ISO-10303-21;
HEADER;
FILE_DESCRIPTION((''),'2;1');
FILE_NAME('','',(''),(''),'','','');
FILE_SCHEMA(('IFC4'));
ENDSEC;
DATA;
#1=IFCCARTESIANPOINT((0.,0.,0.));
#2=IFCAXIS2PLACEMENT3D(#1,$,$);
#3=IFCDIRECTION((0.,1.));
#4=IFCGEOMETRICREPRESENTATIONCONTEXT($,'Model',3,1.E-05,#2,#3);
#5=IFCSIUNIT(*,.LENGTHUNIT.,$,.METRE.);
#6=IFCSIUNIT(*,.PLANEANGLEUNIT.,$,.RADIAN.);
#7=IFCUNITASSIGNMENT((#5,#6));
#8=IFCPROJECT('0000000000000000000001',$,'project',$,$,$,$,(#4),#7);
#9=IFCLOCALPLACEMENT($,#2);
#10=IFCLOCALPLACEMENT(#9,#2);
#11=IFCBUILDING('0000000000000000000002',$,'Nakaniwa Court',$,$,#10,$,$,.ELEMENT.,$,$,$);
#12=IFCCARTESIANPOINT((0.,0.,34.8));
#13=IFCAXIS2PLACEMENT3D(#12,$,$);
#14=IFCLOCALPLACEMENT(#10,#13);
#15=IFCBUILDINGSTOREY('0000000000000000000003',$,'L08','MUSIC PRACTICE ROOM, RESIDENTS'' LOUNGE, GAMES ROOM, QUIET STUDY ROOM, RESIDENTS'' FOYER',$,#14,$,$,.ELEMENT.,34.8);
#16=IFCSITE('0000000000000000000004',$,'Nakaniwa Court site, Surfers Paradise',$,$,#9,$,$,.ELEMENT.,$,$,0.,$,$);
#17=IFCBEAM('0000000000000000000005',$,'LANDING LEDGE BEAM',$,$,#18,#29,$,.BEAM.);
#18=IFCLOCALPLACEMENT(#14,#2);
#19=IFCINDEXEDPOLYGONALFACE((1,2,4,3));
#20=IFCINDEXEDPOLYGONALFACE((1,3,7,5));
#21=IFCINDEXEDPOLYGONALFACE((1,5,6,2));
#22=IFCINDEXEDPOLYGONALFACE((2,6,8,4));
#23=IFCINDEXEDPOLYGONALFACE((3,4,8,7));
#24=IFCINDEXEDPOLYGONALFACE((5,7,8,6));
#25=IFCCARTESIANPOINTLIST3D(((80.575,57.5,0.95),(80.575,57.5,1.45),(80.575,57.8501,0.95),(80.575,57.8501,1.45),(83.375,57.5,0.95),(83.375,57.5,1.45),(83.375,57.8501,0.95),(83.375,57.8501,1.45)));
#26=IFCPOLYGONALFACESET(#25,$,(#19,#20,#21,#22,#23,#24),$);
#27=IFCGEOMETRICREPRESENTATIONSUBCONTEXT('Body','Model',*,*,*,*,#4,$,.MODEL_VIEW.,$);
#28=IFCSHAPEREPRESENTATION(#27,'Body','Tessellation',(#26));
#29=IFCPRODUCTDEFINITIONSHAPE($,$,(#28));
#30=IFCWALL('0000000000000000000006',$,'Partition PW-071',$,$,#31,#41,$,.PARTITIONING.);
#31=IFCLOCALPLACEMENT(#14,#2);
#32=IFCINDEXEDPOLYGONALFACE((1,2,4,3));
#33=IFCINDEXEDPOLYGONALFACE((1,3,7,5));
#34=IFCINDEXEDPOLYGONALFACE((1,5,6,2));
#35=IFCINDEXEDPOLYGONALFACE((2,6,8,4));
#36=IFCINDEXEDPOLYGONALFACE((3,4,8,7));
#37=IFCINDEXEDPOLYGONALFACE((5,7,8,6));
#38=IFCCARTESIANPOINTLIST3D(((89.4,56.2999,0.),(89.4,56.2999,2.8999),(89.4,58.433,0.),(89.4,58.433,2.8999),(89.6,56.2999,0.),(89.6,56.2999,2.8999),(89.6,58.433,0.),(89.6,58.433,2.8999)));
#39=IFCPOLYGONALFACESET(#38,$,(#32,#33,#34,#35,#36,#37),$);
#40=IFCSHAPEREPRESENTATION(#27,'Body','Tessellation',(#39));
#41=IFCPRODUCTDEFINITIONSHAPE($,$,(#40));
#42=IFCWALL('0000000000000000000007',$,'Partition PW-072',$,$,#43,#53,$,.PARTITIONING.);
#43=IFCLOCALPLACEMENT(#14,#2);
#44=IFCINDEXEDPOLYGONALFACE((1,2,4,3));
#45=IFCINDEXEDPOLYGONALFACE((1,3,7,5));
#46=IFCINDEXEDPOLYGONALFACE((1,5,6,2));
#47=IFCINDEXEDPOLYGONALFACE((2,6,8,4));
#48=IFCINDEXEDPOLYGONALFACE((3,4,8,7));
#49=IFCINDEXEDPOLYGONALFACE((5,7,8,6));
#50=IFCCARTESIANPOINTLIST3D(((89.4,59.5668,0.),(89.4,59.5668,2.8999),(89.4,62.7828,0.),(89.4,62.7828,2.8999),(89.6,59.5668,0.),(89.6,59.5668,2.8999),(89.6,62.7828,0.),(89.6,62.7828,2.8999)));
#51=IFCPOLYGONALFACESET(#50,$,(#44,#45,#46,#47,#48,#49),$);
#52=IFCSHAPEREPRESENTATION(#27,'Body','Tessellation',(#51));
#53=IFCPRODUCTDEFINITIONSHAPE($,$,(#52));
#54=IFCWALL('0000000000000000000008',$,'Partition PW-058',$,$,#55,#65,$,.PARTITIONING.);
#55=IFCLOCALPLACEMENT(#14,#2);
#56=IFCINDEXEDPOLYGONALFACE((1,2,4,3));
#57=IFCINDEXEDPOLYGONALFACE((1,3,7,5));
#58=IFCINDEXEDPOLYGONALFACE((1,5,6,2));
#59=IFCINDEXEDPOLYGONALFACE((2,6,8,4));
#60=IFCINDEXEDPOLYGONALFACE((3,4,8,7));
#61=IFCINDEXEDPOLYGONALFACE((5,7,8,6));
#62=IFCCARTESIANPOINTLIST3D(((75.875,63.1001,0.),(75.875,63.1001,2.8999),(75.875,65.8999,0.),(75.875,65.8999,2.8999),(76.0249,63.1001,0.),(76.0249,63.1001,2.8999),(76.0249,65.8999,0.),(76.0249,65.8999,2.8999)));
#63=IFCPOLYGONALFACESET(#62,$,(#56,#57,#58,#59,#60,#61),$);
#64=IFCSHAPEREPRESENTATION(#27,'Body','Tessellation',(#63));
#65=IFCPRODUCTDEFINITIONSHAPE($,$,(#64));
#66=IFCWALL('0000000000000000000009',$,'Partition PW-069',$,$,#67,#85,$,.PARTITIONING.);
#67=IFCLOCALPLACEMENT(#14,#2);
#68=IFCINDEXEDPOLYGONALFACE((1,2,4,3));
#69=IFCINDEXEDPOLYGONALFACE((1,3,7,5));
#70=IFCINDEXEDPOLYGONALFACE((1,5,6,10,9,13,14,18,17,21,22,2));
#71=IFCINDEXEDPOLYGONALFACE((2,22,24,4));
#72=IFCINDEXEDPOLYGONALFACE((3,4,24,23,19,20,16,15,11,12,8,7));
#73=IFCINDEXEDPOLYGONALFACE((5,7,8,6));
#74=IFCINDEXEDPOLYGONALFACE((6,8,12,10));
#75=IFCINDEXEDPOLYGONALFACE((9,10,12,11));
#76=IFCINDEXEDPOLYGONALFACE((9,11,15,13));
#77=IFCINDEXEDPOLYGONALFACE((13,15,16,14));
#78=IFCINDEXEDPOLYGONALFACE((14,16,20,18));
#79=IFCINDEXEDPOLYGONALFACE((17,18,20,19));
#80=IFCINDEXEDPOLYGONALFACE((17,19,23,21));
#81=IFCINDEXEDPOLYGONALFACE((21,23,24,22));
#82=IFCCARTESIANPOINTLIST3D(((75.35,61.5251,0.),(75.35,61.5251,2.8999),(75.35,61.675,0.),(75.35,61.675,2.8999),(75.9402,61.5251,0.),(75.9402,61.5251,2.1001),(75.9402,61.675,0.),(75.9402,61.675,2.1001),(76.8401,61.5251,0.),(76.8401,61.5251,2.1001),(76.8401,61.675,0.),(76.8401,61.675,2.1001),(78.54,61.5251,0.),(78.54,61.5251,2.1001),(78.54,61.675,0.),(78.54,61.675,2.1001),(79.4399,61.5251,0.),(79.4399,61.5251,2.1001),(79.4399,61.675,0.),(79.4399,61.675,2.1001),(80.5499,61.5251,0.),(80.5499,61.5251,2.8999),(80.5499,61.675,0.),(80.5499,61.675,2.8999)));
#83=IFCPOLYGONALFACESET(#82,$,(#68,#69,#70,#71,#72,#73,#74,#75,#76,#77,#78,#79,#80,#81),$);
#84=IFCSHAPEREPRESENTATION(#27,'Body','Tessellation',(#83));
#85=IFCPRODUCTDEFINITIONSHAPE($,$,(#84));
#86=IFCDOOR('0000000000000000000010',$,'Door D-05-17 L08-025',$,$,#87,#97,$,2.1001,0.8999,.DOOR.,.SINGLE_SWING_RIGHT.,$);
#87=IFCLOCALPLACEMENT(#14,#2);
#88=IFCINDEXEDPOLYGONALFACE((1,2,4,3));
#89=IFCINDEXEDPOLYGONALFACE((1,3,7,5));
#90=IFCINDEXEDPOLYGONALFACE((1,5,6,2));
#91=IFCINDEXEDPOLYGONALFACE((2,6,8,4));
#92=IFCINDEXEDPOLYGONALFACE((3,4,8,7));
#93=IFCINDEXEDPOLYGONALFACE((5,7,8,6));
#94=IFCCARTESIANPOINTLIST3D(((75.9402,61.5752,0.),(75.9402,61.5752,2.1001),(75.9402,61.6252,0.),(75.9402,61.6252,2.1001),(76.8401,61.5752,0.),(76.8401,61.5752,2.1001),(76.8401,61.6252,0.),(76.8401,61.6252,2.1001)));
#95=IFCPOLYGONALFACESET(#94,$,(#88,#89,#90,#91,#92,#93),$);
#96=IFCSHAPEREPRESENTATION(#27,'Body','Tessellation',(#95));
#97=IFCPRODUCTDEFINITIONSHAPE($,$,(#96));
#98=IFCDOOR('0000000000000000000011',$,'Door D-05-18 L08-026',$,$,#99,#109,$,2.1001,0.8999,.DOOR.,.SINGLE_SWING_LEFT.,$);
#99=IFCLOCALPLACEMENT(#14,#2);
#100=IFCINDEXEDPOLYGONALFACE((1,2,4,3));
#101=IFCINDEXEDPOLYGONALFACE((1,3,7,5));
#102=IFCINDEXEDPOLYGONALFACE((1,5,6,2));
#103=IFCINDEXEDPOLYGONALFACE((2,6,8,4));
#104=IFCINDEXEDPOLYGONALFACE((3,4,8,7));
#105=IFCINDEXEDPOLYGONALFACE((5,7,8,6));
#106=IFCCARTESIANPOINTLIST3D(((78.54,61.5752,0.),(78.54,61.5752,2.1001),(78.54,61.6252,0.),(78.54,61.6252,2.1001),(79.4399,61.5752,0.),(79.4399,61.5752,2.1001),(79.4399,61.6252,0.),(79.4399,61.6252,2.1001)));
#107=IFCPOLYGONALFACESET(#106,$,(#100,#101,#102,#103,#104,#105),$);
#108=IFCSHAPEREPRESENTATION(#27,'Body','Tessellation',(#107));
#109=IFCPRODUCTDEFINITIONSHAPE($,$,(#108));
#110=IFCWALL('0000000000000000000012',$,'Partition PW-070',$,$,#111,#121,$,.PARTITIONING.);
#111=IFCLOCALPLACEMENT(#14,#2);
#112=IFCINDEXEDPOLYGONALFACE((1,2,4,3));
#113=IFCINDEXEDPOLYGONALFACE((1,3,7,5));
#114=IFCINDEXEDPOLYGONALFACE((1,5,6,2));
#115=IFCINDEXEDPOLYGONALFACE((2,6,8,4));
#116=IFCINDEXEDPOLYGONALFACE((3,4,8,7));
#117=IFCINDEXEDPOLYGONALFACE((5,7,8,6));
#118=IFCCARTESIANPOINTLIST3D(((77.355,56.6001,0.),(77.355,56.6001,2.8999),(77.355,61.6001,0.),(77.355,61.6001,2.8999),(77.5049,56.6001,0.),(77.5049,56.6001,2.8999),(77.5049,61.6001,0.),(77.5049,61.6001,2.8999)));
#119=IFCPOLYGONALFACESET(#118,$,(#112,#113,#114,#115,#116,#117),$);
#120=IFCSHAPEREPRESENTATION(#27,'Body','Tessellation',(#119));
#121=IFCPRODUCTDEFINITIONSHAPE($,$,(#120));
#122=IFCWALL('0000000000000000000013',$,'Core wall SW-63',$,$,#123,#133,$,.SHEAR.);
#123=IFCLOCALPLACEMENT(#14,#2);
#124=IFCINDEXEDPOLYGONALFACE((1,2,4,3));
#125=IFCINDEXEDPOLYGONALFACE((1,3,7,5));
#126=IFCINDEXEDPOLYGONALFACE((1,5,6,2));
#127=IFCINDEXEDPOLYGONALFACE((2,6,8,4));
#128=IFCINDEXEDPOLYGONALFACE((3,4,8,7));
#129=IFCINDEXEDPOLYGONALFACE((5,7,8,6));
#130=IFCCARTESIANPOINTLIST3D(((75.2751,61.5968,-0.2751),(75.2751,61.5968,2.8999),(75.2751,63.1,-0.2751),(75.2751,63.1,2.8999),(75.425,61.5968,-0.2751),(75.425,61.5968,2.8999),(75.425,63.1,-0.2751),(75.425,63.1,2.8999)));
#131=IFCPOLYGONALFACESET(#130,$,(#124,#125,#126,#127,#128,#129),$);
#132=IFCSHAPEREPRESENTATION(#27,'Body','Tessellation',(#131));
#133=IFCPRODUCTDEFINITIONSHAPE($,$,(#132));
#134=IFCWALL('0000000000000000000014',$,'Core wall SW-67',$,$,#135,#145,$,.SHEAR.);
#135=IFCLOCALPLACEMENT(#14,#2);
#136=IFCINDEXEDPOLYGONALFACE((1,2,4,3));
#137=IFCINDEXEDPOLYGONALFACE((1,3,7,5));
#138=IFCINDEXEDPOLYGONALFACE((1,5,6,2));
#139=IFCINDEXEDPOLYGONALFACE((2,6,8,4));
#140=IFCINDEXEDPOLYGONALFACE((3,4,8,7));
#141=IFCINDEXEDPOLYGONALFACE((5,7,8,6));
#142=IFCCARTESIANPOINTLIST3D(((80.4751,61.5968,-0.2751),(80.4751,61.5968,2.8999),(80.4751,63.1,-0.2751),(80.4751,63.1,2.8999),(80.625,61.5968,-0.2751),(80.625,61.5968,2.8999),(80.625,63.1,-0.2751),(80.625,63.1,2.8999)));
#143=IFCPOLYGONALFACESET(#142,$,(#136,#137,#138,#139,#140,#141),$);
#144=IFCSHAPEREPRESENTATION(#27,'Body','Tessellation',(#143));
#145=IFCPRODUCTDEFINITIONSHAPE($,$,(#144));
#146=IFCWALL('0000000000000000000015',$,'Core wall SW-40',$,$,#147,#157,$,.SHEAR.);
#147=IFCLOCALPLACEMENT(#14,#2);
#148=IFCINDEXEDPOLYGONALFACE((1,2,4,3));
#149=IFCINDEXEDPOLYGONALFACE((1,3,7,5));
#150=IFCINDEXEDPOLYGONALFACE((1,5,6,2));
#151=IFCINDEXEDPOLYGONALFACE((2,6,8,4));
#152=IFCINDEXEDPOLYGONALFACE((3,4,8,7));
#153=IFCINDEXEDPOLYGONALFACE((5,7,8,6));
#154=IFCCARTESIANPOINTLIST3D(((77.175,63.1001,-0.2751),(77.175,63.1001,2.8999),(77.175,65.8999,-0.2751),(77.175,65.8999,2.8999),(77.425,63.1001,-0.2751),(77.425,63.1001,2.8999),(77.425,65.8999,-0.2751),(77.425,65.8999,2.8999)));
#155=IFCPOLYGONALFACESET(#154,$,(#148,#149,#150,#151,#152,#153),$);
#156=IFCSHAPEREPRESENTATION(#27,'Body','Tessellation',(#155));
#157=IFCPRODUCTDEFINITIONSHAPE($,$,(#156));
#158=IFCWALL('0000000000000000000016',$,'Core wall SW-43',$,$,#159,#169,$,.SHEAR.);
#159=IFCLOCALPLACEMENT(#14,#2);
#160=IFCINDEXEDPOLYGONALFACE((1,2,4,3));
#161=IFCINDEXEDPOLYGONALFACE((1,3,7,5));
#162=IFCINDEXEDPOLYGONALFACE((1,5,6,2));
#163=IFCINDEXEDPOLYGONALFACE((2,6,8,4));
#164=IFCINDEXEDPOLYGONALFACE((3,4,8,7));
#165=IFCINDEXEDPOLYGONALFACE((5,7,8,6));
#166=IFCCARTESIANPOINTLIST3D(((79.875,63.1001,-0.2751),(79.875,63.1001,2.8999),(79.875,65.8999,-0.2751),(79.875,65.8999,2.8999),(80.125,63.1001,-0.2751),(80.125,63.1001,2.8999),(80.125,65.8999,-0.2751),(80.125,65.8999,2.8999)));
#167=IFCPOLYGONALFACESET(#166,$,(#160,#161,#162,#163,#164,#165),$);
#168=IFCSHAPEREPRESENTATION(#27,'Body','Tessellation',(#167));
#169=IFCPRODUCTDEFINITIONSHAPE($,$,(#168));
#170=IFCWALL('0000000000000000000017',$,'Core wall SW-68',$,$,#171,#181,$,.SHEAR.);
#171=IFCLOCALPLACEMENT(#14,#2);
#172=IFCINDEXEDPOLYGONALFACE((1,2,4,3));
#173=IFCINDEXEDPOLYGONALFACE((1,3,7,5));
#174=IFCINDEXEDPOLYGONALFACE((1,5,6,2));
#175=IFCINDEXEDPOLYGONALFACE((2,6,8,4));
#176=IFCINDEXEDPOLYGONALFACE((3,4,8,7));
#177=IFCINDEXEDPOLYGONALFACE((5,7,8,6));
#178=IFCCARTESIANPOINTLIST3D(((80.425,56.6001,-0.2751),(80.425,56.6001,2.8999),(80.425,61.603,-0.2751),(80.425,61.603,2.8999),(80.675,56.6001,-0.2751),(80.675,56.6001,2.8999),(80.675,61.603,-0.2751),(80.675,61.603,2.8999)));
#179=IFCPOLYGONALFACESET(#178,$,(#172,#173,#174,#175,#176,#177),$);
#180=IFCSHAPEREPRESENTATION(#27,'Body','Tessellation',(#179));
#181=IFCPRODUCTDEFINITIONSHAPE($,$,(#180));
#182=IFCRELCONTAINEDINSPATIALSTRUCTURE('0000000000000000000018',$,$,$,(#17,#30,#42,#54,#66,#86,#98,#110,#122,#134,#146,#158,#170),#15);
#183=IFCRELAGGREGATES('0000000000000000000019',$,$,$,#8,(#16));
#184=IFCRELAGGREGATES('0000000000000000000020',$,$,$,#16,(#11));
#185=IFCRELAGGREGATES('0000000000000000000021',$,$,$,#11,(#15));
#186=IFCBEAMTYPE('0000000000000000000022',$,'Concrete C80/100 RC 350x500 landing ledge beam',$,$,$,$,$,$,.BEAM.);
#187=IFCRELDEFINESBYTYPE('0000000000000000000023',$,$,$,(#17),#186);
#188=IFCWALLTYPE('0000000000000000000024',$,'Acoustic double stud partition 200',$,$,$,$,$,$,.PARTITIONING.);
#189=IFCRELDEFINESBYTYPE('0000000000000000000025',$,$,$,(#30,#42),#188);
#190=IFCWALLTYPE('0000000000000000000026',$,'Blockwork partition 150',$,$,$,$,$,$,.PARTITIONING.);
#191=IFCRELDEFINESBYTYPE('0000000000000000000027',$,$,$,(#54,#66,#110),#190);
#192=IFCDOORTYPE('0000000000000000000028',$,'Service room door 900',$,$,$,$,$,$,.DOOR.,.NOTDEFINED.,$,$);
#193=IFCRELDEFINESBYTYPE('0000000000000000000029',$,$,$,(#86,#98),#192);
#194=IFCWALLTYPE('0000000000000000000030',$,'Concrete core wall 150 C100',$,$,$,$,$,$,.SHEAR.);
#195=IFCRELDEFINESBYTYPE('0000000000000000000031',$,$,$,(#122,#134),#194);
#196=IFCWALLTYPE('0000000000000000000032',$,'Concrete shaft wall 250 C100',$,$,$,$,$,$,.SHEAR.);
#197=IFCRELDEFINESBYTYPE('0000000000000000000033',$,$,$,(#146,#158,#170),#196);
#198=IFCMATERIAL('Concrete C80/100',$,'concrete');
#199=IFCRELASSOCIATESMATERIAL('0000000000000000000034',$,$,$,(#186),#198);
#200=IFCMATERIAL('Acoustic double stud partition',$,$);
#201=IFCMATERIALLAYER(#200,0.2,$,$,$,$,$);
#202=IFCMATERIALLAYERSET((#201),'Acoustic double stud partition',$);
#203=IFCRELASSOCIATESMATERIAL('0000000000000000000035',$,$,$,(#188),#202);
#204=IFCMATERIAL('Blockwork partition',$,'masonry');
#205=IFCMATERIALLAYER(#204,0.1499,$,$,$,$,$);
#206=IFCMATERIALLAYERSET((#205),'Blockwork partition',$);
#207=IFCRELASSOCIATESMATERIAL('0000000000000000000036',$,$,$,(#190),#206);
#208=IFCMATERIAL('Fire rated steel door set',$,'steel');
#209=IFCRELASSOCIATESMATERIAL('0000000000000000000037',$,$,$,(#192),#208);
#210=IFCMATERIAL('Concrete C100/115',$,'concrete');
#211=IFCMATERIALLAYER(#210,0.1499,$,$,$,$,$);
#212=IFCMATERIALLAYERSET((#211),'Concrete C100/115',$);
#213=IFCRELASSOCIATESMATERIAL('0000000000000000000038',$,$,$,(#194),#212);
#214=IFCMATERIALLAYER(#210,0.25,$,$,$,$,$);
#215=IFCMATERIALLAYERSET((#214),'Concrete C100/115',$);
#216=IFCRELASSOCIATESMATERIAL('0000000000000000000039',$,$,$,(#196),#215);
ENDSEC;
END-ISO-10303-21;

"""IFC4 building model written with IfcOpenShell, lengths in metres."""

from ifc_helpers import new_model, si_unit, direction, frame, frame_2d, origin, origin_2d, place, context, subcontext, project, spatial, rectangle, extrude, material, layer, layer_set, material_profile, profile_set, type_object, element, fill, save


model = new_model("IFC4")

# Units and contexts
model_context = context("Model", 3, precision=1e-05, world=origin(), true_north=direction((0.0, 1.0)))
body_context = subcontext(model_context, "Body", "Model", "MODEL_VIEW")
ifc_project = project(units=[si_unit("LENGTHUNIT", "METRE"), si_unit("PLANEANGLEUNIT", "RADIAN")], contexts=[model_context])

# Site, building, storey
site_placement = place(None, origin())
site = spatial("IfcSite", under=ifc_project, at=site_placement, Name="Nakaniwa Court site, Surfers Paradise", CompositionType="ELEMENT", RefElevation=0.0)
building_placement = place(site_placement, origin())
building = spatial("IfcBuilding", under=site, at=building_placement, Name="Nakaniwa Court", CompositionType="ELEMENT")
storey_placement = place(building_placement, frame((0.0, 0.0, 34.8)))
storey = spatial("IfcBuildingStorey", under=building, at=storey_placement, Name="L08", Description="MUSIC PRACTICE ROOM, RESIDENTS' LOUNGE, GAMES ROOM, QUIET STUDY ROOM, RESIDENTS' FOYER", CompositionType="ELEMENT", Elevation=34.8)

# Beam
ifc_material_1 = material(Name="Concrete C80/100", Category="concrete")
ifc_material_profile = material_profile(ifc_material_1, rectangle(XDim=0.3501, YDim=0.5, at=origin_2d()), Name="Concrete C80/100 RC 350x500 landing ledge beam")
ifc_profile_set = profile_set([ifc_material_profile], Name="Concrete C80/100")
beam_type = type_object("IfcBeamType", Name="Concrete C80/100 RC 350x500 landing ledge beam", PredefinedType="BEAM", material=ifc_profile_set)
beam_placement = place(storey_placement, frame((80.575, 57.675, 1.2), z_axis=(1.0, 0.0, 0.0), x_axis=(0.0, 1.0, 0.0)))
element("IfcBeam", 1, at=beam_placement, inside=storey, type_object=beam_type, Name="LANDING LEDGE BEAM", PredefinedType="BEAM", context=body_context, shape_type="SweptSolid", body=[
    extrude(rectangle(XDim=0.3501, YDim=0.5, at=origin_2d()), origin(), (0.0, 0.0, 1.0), 2.8),
])

# Walls
ifc_material_2 = material(Name="Acoustic double stud partition")
ifc_layer_1 = layer(ifc_material_2, 0.2)
ifc_layer_set_1 = layer_set([ifc_layer_1], Name="Acoustic double stud partition")
wall_type_1 = type_object("IfcWallType", Name="Acoustic double stud partition 200", PredefinedType="PARTITIONING", material=ifc_layer_set_1)
wall_1_placement = place(storey_placement, frame((89.5, 56.3, 0.0), z_axis=(0.0, 0.0, 1.0), x_axis=(0.0, 1.0, 0.0)))
element("IfcWall", 2, at=wall_1_placement, inside=storey, type_object=wall_type_1, Name="Partition PW-071", PredefinedType="PARTITIONING", context=body_context, shape_type="SweptSolid", body=[
    extrude(rectangle(XDim=2.1331, YDim=0.2, at=frame_2d((1.0664, 0.0))), origin(), (0.0, 0.0, 1.0), 2.8999),
])
wall_2_placement = place(storey_placement, frame((89.5, 59.5669, 0.0), z_axis=(0.0, 0.0, 1.0), x_axis=(0.0, 1.0, 0.0)))
element("IfcWall", 3, at=wall_2_placement, inside=storey, type_object=wall_type_1, Name="Partition PW-072", PredefinedType="PARTITIONING", context=body_context, shape_type="SweptSolid", body=[
    extrude(rectangle(XDim=3.2161, YDim=0.2, at=frame_2d((1.6079, 0.0))), origin(), (0.0, 0.0, 1.0), 2.8999),
])
ifc_material_3 = material(Name="Blockwork partition", Category="masonry")
ifc_layer_2 = layer(ifc_material_3, 0.1499)
ifc_layer_set_2 = layer_set([ifc_layer_2], Name="Blockwork partition")
wall_type_2 = type_object("IfcWallType", Name="Blockwork partition 150", PredefinedType="PARTITIONING", material=ifc_layer_set_2)
wall_3_placement = place(storey_placement, frame((75.95, 63.1001, 0.0), z_axis=(0.0, 0.0, 1.0), x_axis=(0.0, 1.0, 0.0)))
element("IfcWall", 4, at=wall_3_placement, inside=storey, type_object=wall_type_2, Name="Partition PW-058", PredefinedType="PARTITIONING", context=body_context, shape_type="SweptSolid", body=[
    extrude(rectangle(XDim=2.7998, YDim=0.1499, at=frame_2d((1.3999, 0.0))), origin(), (0.0, 0.0, 1.0), 2.8999),
])

# Wall, openings, doors
wall_4_placement = place(storey_placement, frame((80.55, 61.6001, 0.0), z_axis=(0.0, 0.0, 1.0), x_axis=(-1.0, 0.0, 0.0)))
wall_4 = element("IfcWall", 5, at=wall_4_placement, inside=storey, type_object=wall_type_2, Name="Partition PW-069", PredefinedType="PARTITIONING", context=body_context, shape_type="SweptSolid", body=[
    extrude(rectangle(XDim=5.2, YDim=0.1499, at=frame_2d((2.6001, 0.0))), origin(), (0.0, 0.0, 1.0), 2.8999),
])
opening_1_placement = place(wall_4_placement, frame((3.71, 0.0, 0.0)))
opening_1 = element("IfcOpeningElement", 6, at=opening_1_placement, cuts=wall_4, PredefinedType="OPENING", context=body_context, shape_type="SweptSolid", body=[
    extrude(rectangle(XDim=0.8999, YDim=2.1001, at=frame_2d((0.45, 1.05))), frame((0.0, 0.085, 0.0), z_axis=(0.0, -1.0, 0.0), x_axis=(1.0, 0.0, 0.0)), (0.0, 0.0, 1.0), 0.1699),
])
opening_2_placement = place(wall_4_placement, frame((1.1101, 0.0, 0.0)))
opening_2 = element("IfcOpeningElement", 7, at=opening_2_placement, cuts=wall_4, PredefinedType="OPENING", context=body_context, shape_type="SweptSolid", body=[
    extrude(rectangle(XDim=0.8999, YDim=2.1001, at=frame_2d((0.45, 1.05))), frame((0.0, 0.085, 0.0), z_axis=(0.0, -1.0, 0.0), x_axis=(1.0, 0.0, 0.0)), (0.0, 0.0, 1.0), 0.1699),
])
ifc_material_4 = material(Name="Fire rated steel door set", Category="steel")
door_type = type_object("IfcDoorType", Name="Service room door 900", OperationType="NOTDEFINED", PredefinedType="DOOR", material=ifc_material_4)
door_1_placement = place(opening_1_placement, origin())
door_1 = element("IfcDoor", 8, at=door_1_placement, inside=storey, type_object=door_type, Name="Door D-05-17 L08-025", OperationType="SINGLE_SWING_RIGHT", OverallHeight=2.1001, OverallWidth=0.8999, PredefinedType="DOOR", context=body_context, shape_type="SweptSolid", body=[
    extrude(rectangle(XDim=0.8999, YDim=2.1001, at=frame_2d((0.45, 1.05))), frame((0.0, 0.0249, 0.0), z_axis=(0.0, -1.0, 0.0), x_axis=(1.0, 0.0, 0.0)), (0.0, 0.0, 1.0), 0.05),
])
fill(opening_1, door_1)
door_2_placement = place(opening_2_placement, origin())
door_2 = element("IfcDoor", 9, at=door_2_placement, inside=storey, type_object=door_type, Name="Door D-05-18 L08-026", OperationType="SINGLE_SWING_LEFT", OverallHeight=2.1001, OverallWidth=0.8999, PredefinedType="DOOR", context=body_context, shape_type="SweptSolid", body=[
    extrude(rectangle(XDim=0.8999, YDim=2.1001, at=frame_2d((0.45, 1.05))), frame((0.0, 0.0249, 0.0), z_axis=(0.0, -1.0, 0.0), x_axis=(1.0, 0.0, 0.0)), (0.0, 0.0, 1.0), 0.05),
])
fill(opening_2, door_2)

# Walls
wall_5_placement = place(storey_placement, frame((77.4299, 56.6001, 0.0), z_axis=(0.0, 0.0, 1.0), x_axis=(0.0, 1.0, 0.0)))
element("IfcWall", 10, at=wall_5_placement, inside=storey, type_object=wall_type_2, Name="Partition PW-070", PredefinedType="PARTITIONING", context=body_context, shape_type="SweptSolid", body=[
    extrude(rectangle(XDim=5.0, YDim=0.1499, at=frame_2d((2.5, 0.0))), origin(), (0.0, 0.0, 1.0), 2.8999),
])
ifc_material_5 = material(Name="Concrete C100/115", Category="concrete")
ifc_layer_3 = layer(ifc_material_5, 0.1499)
ifc_layer_set_3 = layer_set([ifc_layer_3], Name="Concrete C100/115")
wall_type_3 = type_object("IfcWallType", Name="Concrete core wall 150 C100", PredefinedType="SHEAR", material=ifc_layer_set_3)
for number, where, z_axis, x_axis, name in (
    (11, (75.3501, 61.5969, -0.2751), (0.0, 0.0, 1.0), (0.0, 1.0, 0.0), "Core wall SW-63"),
    (12, (80.55, 61.5969, -0.2751), (0.0, 0.0, 1.0), (0.0, 1.0, 0.0), "Core wall SW-67"),
):
    element("IfcWall", number, at=place(storey_placement, frame(where, z_axis=z_axis, x_axis=x_axis)), inside=storey, type_object=wall_type_3, Name=name, PredefinedType="SHEAR", context=body_context, shape_type="SweptSolid", body=[
        extrude(rectangle(XDim=1.5032, YDim=0.1499, at=frame_2d((0.7515, 0.0))), origin(), (0.0, 0.0, 1.0), 3.175),
    ])
ifc_layer_4 = layer(ifc_material_5, 0.25)
ifc_layer_set_4 = layer_set([ifc_layer_4], Name="Concrete C100/115")
wall_type_4 = type_object("IfcWallType", Name="Concrete shaft wall 250 C100", PredefinedType="SHEAR", material=ifc_layer_set_4)
for number, where, z_axis, x_axis, name in (
    (13, (77.3, 63.1001, -0.2751), (0.0, 0.0, 1.0), (0.0, 1.0, 0.0), "Core wall SW-40"),
    (14, (80.0, 63.1001, -0.2751), (0.0, 0.0, 1.0), (0.0, 1.0, 0.0), "Core wall SW-43"),
):
    element("IfcWall", number, at=place(storey_placement, frame(where, z_axis=z_axis, x_axis=x_axis)), inside=storey, type_object=wall_type_4, Name=name, PredefinedType="SHEAR", context=body_context, shape_type="SweptSolid", body=[
        extrude(rectangle(XDim=2.7998, YDim=0.25, at=frame_2d((1.3999, 0.0))), origin(), (0.0, 0.0, 1.0), 3.175),
    ])
wall_6_placement = place(storey_placement, frame((80.55, 56.6001, -0.2751), z_axis=(0.0, 0.0, 1.0), x_axis=(0.0, 1.0, 0.0)))
element("IfcWall", 15, at=wall_6_placement, inside=storey, type_object=wall_type_4, Name="Core wall SW-68", PredefinedType="SHEAR", context=body_context, shape_type="SweptSolid", body=[
    extrude(rectangle(XDim=5.0029, YDim=0.25, at=frame_2d((2.5015, 0.0))), origin(), (0.0, 0.0, 1.0), 3.175),
])

save(model, "model.ifc")
